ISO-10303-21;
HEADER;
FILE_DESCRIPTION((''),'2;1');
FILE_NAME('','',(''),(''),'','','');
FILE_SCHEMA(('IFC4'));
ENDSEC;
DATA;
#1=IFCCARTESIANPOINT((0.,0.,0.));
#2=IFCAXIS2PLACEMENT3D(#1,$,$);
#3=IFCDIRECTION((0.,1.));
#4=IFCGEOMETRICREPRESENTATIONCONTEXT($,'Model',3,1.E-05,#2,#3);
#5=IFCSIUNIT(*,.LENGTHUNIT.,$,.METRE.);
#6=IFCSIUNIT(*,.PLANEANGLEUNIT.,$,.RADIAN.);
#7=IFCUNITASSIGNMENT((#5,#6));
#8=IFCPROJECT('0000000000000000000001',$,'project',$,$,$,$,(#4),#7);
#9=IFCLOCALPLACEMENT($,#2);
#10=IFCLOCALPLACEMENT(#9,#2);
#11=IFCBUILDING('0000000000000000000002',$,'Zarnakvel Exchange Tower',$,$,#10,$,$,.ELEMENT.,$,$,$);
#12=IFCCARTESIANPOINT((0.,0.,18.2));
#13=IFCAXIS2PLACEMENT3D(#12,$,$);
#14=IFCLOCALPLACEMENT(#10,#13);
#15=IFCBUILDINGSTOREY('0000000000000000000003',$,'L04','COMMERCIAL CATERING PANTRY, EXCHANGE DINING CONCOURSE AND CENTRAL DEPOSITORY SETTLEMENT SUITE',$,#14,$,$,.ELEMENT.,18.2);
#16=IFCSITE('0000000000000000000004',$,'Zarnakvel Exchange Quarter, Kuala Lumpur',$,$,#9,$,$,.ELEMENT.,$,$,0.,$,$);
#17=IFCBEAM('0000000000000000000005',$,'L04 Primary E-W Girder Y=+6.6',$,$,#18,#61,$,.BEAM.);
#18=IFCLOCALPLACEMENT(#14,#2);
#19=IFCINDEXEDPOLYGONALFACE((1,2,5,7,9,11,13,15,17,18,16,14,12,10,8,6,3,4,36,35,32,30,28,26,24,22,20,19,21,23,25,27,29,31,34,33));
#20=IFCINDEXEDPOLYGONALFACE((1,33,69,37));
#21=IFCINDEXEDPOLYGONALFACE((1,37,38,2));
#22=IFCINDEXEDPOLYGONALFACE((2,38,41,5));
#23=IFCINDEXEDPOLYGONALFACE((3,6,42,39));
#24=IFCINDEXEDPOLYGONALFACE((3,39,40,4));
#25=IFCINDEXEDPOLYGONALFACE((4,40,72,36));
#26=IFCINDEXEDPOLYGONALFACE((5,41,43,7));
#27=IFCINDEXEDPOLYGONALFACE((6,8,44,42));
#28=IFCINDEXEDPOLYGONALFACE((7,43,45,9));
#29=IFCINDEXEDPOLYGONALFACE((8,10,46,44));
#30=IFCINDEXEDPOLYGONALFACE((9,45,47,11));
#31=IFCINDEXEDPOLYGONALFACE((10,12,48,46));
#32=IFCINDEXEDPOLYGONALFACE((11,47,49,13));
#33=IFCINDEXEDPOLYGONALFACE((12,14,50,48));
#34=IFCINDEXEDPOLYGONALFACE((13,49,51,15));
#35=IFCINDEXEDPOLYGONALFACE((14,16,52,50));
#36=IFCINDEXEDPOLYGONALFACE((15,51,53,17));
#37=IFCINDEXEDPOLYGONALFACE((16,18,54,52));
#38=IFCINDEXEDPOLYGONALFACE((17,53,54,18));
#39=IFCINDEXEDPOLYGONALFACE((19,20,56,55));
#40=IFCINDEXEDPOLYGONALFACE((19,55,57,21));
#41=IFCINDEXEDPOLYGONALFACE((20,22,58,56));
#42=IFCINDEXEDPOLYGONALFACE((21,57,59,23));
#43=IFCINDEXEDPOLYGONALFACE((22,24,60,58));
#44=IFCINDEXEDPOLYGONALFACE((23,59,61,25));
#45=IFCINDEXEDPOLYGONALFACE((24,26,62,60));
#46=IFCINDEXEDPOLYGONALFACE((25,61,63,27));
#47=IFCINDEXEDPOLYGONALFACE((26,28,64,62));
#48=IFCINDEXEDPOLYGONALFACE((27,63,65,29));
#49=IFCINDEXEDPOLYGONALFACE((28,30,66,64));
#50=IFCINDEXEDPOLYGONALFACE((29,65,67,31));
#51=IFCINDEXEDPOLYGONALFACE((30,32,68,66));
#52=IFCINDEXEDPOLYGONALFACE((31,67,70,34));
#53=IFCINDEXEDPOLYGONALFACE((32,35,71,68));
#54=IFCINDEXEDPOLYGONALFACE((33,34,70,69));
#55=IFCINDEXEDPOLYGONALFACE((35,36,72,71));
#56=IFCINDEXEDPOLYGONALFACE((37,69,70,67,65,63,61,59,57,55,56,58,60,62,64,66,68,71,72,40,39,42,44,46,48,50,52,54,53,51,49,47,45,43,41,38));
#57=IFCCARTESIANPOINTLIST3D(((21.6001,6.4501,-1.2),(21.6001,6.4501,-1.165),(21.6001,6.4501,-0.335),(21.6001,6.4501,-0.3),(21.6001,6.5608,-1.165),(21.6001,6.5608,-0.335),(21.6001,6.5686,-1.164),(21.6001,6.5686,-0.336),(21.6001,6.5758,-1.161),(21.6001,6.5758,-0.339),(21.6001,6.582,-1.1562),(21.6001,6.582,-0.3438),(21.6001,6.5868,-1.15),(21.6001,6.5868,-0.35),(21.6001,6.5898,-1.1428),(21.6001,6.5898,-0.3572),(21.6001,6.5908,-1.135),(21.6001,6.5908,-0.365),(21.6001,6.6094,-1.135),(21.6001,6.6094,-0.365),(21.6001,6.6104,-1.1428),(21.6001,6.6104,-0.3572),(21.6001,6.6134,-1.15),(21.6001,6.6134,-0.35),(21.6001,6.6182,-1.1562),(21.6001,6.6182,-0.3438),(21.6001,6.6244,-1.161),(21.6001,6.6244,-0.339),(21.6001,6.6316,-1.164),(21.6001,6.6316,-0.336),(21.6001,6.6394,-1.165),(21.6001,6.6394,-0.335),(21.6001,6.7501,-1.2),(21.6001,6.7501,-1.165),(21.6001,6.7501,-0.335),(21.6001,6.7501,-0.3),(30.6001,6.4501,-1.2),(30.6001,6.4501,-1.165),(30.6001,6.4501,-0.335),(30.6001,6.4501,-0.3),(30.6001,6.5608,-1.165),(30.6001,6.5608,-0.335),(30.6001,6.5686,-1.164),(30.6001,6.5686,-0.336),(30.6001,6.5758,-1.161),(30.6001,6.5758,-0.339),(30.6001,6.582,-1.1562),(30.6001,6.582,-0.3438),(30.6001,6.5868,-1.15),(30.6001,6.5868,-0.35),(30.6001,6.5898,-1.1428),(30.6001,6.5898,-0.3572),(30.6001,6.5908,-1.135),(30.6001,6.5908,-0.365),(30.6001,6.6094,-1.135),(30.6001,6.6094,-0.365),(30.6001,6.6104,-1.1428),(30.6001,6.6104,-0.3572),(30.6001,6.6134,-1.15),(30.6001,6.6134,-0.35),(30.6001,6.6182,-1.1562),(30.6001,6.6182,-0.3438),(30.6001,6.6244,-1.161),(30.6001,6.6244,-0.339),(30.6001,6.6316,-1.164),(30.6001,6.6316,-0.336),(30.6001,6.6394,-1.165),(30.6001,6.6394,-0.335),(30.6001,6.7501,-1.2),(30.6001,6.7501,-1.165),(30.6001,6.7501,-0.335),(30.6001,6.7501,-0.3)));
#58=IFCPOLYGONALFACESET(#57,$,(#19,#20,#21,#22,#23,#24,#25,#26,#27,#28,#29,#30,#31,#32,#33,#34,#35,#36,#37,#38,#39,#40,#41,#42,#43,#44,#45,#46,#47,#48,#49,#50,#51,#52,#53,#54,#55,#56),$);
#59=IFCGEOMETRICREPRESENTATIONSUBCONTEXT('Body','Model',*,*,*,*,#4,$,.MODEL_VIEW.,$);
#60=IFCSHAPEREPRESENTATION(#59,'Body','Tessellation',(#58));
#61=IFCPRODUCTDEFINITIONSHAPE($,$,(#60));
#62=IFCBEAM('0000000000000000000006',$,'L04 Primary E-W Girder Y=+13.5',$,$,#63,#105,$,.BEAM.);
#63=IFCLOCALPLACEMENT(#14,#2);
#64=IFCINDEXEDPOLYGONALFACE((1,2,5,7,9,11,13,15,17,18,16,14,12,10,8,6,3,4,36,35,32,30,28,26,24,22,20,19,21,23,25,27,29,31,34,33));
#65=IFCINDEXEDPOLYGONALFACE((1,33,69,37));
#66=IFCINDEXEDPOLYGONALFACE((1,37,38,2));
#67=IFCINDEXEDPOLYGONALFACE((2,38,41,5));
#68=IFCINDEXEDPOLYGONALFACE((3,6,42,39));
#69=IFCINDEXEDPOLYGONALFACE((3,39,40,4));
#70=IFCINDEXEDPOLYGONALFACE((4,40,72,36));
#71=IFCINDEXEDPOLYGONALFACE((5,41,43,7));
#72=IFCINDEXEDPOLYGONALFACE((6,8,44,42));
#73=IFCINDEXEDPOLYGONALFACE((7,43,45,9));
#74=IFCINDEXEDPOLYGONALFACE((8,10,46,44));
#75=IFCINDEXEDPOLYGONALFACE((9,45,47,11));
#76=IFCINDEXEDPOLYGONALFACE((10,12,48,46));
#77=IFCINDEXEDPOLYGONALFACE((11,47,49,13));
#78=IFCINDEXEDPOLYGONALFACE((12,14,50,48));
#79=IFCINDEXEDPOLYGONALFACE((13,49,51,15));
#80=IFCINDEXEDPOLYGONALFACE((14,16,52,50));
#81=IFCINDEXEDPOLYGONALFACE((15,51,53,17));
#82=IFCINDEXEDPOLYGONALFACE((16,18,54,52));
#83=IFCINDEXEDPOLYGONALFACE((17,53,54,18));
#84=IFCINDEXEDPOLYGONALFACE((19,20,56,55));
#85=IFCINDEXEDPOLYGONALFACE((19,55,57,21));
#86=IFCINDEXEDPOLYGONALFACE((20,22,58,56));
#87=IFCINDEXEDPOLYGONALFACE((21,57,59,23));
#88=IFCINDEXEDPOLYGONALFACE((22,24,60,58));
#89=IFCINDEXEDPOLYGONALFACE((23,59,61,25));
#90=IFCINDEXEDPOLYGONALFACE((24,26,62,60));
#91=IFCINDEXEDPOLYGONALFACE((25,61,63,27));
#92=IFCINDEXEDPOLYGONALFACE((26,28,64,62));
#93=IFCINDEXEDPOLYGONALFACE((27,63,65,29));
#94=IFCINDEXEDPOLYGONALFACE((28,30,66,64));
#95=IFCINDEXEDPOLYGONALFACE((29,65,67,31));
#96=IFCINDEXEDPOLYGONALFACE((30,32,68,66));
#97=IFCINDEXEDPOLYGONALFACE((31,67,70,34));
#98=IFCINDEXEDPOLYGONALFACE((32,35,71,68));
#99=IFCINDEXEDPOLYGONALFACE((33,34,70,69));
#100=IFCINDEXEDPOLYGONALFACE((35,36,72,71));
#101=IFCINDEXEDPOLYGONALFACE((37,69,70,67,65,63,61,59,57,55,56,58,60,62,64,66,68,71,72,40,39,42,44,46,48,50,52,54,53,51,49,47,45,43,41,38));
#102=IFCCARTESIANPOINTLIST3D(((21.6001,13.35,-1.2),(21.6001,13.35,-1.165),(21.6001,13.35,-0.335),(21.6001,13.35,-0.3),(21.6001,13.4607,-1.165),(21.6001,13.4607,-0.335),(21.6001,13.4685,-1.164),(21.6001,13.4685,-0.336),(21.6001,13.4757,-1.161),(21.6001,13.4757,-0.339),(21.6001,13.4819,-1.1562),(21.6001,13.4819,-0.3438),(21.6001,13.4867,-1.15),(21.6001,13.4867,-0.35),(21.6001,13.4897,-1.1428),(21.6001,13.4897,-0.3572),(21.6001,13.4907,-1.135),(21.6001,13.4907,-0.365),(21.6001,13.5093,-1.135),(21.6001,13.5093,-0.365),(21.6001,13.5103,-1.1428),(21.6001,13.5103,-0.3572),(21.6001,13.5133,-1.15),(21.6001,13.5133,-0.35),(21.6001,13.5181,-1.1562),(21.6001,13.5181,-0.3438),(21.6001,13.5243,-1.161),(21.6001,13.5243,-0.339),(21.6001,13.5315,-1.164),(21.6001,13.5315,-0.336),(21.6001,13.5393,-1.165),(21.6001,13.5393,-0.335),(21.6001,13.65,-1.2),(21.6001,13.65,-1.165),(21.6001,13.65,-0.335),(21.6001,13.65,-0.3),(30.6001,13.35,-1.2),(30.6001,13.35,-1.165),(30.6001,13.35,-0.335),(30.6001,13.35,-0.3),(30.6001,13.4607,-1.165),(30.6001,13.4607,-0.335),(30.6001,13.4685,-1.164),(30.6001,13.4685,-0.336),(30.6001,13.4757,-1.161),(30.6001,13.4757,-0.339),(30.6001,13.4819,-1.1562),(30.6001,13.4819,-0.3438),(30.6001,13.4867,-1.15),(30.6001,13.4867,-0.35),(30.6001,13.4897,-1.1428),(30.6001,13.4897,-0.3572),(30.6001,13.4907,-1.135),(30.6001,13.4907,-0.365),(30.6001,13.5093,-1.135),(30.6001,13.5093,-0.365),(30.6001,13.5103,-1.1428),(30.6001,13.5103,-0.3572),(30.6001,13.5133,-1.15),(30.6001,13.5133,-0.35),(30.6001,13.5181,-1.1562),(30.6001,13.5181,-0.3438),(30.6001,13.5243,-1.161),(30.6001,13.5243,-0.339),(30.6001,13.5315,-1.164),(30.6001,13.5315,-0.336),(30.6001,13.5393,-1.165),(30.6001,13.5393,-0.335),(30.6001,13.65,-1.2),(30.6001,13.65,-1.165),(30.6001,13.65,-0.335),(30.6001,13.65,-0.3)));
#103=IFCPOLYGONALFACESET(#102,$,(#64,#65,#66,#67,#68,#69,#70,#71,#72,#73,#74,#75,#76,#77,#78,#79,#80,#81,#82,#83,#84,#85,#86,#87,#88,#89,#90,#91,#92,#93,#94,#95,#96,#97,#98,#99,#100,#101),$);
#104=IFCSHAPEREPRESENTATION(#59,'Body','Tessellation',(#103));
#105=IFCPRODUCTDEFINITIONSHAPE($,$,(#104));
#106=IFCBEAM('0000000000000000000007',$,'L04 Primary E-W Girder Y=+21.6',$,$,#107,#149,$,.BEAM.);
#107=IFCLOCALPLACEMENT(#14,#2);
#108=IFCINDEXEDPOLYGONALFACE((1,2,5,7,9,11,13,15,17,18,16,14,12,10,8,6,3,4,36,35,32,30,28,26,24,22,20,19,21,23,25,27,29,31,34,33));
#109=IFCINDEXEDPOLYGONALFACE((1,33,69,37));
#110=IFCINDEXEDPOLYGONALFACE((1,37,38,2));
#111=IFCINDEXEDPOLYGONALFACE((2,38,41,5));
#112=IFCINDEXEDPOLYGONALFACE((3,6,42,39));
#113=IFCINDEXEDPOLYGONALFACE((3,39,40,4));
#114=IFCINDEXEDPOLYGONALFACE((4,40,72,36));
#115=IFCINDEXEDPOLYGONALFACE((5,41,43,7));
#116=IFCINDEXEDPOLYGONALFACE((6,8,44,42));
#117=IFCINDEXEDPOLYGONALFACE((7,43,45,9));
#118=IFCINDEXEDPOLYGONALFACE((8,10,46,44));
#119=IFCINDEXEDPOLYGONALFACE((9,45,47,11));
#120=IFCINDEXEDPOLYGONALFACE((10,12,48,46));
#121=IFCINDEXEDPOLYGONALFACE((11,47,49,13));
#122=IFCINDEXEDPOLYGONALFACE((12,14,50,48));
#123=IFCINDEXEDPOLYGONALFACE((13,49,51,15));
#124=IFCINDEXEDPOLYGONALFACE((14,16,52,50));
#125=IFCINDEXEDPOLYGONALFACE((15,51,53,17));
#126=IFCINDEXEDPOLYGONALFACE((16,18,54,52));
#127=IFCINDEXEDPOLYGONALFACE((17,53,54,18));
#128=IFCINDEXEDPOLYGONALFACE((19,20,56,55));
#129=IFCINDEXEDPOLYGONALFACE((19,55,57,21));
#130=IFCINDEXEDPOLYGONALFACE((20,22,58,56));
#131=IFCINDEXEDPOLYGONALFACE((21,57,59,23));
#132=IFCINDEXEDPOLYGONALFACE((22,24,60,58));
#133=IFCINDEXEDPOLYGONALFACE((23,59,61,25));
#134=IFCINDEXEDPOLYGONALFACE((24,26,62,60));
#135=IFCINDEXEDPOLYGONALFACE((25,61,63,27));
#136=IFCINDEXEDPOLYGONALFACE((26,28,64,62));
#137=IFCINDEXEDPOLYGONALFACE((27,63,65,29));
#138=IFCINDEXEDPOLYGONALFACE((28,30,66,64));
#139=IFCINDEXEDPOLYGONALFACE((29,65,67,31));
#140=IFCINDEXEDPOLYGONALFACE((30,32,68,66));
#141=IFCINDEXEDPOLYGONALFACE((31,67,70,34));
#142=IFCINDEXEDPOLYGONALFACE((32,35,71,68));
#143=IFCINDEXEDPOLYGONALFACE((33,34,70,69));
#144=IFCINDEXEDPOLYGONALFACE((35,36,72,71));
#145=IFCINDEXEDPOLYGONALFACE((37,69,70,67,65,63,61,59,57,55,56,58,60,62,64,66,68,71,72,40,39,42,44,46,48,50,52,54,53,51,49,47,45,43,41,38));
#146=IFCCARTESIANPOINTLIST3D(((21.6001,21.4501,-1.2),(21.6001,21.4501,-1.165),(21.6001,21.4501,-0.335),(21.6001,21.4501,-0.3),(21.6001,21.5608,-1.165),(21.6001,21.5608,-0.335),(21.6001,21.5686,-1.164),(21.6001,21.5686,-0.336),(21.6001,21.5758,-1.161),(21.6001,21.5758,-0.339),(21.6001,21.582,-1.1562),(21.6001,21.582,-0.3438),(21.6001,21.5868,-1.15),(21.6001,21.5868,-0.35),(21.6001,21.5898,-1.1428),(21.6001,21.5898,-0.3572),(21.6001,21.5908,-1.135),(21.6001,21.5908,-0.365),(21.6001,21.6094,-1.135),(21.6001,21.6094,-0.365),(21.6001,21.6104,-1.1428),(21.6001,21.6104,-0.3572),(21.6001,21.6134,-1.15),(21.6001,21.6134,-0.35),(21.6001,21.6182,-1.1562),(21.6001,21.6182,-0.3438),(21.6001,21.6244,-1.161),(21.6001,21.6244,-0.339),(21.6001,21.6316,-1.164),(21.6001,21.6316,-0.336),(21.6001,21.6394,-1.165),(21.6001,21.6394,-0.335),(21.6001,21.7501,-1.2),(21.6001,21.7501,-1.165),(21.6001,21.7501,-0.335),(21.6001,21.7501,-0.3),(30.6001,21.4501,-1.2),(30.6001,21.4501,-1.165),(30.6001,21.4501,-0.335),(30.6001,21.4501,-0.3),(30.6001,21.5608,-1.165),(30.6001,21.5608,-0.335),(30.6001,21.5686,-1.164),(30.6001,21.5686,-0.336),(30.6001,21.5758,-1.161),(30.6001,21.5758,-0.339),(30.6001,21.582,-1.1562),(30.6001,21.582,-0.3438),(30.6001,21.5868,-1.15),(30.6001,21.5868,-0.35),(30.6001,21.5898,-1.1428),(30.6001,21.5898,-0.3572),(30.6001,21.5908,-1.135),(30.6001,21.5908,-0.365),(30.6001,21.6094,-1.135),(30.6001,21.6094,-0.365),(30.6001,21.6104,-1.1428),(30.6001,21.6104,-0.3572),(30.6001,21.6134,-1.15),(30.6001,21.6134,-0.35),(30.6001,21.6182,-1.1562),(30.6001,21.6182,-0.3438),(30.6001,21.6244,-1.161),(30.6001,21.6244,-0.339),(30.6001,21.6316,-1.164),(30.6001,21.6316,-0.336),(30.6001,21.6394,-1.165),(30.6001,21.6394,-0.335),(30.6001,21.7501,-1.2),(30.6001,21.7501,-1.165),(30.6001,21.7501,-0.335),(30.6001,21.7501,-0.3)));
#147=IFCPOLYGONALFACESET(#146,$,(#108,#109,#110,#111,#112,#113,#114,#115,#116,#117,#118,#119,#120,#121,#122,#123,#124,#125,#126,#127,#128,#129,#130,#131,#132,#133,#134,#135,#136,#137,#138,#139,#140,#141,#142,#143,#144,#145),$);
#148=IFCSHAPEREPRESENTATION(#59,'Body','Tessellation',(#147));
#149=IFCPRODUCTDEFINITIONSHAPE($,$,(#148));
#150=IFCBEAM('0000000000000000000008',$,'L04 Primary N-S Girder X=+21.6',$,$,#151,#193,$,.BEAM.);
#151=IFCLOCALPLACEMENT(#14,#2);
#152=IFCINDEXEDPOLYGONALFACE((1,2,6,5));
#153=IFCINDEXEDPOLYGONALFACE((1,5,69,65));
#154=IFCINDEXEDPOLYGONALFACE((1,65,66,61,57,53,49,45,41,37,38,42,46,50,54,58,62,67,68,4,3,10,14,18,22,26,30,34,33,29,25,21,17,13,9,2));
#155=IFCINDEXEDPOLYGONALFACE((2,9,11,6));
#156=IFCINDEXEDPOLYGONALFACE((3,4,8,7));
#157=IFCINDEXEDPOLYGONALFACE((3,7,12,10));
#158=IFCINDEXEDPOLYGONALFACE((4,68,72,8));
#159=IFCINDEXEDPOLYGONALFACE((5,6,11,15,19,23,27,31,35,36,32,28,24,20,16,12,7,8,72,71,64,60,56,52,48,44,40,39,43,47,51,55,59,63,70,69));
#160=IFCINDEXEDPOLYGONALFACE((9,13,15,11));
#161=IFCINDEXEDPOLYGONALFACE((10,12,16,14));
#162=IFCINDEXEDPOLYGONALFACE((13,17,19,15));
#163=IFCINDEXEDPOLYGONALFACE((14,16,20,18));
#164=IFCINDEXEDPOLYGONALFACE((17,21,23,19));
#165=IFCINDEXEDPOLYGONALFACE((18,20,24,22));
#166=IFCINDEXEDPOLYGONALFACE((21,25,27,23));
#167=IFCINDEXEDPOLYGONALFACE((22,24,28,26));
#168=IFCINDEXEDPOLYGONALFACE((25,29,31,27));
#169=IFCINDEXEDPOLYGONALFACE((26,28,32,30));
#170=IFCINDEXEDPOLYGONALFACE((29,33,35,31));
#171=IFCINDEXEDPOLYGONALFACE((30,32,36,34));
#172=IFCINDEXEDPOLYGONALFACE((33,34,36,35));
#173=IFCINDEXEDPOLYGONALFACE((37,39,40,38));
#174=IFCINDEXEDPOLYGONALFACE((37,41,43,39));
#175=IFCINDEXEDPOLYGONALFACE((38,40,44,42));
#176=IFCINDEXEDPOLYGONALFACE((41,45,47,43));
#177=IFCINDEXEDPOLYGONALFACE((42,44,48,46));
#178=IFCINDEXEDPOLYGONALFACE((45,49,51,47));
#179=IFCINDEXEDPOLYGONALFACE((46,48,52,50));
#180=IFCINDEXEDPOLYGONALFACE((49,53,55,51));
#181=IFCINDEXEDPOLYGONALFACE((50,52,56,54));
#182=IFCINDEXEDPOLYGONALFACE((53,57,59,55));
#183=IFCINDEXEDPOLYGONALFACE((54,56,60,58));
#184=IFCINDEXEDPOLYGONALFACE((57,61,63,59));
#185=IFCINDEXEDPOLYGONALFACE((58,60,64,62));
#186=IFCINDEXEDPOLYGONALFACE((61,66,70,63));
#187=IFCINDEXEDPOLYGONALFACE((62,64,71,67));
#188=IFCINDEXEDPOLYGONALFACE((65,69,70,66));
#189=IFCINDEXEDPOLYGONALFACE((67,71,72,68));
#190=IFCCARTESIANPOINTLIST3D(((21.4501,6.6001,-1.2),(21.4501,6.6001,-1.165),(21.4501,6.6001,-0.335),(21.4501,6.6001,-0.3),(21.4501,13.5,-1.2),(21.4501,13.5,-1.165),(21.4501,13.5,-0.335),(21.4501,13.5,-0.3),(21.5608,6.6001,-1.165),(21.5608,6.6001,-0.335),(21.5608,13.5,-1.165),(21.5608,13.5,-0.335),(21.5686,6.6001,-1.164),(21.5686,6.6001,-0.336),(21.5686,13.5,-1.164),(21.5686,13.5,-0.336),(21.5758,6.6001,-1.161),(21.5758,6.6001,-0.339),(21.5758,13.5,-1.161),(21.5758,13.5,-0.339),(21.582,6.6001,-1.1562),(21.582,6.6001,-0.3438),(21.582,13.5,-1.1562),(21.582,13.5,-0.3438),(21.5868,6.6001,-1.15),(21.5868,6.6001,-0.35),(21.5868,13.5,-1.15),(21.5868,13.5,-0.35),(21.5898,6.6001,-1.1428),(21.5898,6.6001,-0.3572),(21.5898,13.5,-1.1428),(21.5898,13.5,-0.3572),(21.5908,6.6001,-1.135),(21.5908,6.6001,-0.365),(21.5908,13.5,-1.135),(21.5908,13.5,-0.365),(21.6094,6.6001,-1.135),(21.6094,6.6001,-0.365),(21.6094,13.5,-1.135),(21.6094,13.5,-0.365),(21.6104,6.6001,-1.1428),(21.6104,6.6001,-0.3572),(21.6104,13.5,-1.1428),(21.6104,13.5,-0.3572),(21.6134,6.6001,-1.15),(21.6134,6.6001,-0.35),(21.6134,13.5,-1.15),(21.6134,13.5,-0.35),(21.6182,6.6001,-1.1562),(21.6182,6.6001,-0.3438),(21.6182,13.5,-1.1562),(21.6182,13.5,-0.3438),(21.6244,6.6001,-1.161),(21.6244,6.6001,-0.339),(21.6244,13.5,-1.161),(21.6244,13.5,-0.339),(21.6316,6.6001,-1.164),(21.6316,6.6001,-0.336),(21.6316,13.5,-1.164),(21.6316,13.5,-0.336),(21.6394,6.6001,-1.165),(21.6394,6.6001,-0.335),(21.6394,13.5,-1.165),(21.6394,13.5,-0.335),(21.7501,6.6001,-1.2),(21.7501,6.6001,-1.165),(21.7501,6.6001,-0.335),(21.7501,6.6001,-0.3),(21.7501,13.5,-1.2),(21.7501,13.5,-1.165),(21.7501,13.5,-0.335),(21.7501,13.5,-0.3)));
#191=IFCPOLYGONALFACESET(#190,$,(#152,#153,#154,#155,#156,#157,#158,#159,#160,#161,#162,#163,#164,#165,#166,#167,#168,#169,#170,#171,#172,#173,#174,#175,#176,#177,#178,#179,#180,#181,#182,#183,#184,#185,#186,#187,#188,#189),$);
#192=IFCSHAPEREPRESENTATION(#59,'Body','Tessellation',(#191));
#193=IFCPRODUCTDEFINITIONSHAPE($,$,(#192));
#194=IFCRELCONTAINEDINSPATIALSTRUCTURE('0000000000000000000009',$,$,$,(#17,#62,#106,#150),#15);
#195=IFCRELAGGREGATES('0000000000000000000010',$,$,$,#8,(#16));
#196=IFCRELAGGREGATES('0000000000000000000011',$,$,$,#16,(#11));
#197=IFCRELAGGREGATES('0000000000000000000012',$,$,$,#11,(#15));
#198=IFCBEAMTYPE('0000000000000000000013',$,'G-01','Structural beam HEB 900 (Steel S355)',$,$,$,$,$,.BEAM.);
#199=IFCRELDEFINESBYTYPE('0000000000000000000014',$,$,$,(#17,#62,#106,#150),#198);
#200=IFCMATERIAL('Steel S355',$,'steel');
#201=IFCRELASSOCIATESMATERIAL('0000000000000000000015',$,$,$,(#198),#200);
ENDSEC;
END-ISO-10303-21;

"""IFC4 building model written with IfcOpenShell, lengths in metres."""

from ifc_helpers import new_model, si_unit, direction, frame, origin, origin_2d, place, context, subcontext, project, spatial, i_section, extrude, material, material_profile, profile_set, type_object, element, save


model = new_model("IFC4")

# Units and contexts
model_context = context("Model", 3, precision=1e-05, world=origin(), true_north=direction((0.0, 1.0)))
body_context = subcontext(model_context, "Body", "Model", "MODEL_VIEW")
ifc_project = project(units=[si_unit("LENGTHUNIT", "METRE"), si_unit("PLANEANGLEUNIT", "RADIAN")], contexts=[model_context])

# Site, building, storey
site_placement = place(None, origin())
site = spatial("IfcSite", under=ifc_project, at=site_placement, Name="Zarnakvel Exchange Quarter, Kuala Lumpur", CompositionType="ELEMENT", RefElevation=0.0)
building_placement = place(site_placement, origin())
building = spatial("IfcBuilding", under=site, at=building_placement, Name="Zarnakvel Exchange Tower", CompositionType="ELEMENT")
storey_placement = place(building_placement, frame((0.0, 0.0, 18.2)))
storey = spatial("IfcBuildingStorey", under=building, at=storey_placement, Name="L04", Description="COMMERCIAL CATERING PANTRY, EXCHANGE DINING CONCOURSE AND CENTRAL DEPOSITORY SETTLEMENT SUITE", CompositionType="ELEMENT", Elevation=18.2)

# Beams
ifc_material_1 = material(Name="Steel S355", Category="steel")
ifc_material_profile_1 = material_profile(ifc_material_1, i_section(OverallWidth=0.3, OverallDepth=0.8999, WebThickness=0.0186, FlangeThickness=0.0349, FilletRadius=0.03, at=origin_2d()))
ifc_profile_set_1 = profile_set([ifc_material_profile_1], Name="Steel S355")
beam_type_1 = type_object("IfcBeamType", Name="G-01", Description="Structural beam HEB 900 (Steel S355)", PredefinedType="BEAM", material=ifc_profile_set_1)
for number, where, z_axis, x_axis, name in (
    (1, (21.6001, 6.6001, -0.75), (1.0, 0.0, 0.0), (0.0, 1.0, 0.0), "L04 Primary E-W Girder Y=+6.6"),
    (2, (21.6001, 13.5, -0.75), (1.0, 0.0, 0.0), (0.0, 1.0, 0.0), "L04 Primary E-W Girder Y=+13.5"),
    (3, (21.6001, 21.6001, -0.75), (1.0, 0.0, 0.0), (0.0, 1.0, 0.0), "L04 Primary E-W Girder Y=+21.6"),
):
    element("IfcBeam", number, at=place(storey_placement, frame(where, z_axis=z_axis, x_axis=x_axis)), inside=storey, type_object=beam_type_1, Name=name, PredefinedType="BEAM", context=body_context, shape_type="SweptSolid", body=[
        extrude(i_section(OverallWidth=0.3, OverallDepth=0.8999, WebThickness=0.0186, FlangeThickness=0.0349, FilletRadius=0.03, at=origin_2d()), origin(), (0.0, 0.0, 1.0), 9.0),
    ])
beam_1_placement = place(storey_placement, frame((21.6001, 6.6001, -0.75), z_axis=(0.0, 1.0, 0.0), x_axis=(-1.0, 0.0, 0.0)))
element("IfcBeam", 4, at=beam_1_placement, inside=storey, type_object=beam_type_1, Name="L04 Primary N-S Girder X=+21.6", PredefinedType="BEAM", context=body_context, shape_type="SweptSolid", body=[
    extrude(i_section(OverallWidth=0.3, OverallDepth=0.8999, WebThickness=0.0186, FlangeThickness=0.0349, FilletRadius=0.03, at=origin_2d()), origin(), (0.0, 0.0, 1.0), 6.8999),
])

save(model, "model.ifc")
